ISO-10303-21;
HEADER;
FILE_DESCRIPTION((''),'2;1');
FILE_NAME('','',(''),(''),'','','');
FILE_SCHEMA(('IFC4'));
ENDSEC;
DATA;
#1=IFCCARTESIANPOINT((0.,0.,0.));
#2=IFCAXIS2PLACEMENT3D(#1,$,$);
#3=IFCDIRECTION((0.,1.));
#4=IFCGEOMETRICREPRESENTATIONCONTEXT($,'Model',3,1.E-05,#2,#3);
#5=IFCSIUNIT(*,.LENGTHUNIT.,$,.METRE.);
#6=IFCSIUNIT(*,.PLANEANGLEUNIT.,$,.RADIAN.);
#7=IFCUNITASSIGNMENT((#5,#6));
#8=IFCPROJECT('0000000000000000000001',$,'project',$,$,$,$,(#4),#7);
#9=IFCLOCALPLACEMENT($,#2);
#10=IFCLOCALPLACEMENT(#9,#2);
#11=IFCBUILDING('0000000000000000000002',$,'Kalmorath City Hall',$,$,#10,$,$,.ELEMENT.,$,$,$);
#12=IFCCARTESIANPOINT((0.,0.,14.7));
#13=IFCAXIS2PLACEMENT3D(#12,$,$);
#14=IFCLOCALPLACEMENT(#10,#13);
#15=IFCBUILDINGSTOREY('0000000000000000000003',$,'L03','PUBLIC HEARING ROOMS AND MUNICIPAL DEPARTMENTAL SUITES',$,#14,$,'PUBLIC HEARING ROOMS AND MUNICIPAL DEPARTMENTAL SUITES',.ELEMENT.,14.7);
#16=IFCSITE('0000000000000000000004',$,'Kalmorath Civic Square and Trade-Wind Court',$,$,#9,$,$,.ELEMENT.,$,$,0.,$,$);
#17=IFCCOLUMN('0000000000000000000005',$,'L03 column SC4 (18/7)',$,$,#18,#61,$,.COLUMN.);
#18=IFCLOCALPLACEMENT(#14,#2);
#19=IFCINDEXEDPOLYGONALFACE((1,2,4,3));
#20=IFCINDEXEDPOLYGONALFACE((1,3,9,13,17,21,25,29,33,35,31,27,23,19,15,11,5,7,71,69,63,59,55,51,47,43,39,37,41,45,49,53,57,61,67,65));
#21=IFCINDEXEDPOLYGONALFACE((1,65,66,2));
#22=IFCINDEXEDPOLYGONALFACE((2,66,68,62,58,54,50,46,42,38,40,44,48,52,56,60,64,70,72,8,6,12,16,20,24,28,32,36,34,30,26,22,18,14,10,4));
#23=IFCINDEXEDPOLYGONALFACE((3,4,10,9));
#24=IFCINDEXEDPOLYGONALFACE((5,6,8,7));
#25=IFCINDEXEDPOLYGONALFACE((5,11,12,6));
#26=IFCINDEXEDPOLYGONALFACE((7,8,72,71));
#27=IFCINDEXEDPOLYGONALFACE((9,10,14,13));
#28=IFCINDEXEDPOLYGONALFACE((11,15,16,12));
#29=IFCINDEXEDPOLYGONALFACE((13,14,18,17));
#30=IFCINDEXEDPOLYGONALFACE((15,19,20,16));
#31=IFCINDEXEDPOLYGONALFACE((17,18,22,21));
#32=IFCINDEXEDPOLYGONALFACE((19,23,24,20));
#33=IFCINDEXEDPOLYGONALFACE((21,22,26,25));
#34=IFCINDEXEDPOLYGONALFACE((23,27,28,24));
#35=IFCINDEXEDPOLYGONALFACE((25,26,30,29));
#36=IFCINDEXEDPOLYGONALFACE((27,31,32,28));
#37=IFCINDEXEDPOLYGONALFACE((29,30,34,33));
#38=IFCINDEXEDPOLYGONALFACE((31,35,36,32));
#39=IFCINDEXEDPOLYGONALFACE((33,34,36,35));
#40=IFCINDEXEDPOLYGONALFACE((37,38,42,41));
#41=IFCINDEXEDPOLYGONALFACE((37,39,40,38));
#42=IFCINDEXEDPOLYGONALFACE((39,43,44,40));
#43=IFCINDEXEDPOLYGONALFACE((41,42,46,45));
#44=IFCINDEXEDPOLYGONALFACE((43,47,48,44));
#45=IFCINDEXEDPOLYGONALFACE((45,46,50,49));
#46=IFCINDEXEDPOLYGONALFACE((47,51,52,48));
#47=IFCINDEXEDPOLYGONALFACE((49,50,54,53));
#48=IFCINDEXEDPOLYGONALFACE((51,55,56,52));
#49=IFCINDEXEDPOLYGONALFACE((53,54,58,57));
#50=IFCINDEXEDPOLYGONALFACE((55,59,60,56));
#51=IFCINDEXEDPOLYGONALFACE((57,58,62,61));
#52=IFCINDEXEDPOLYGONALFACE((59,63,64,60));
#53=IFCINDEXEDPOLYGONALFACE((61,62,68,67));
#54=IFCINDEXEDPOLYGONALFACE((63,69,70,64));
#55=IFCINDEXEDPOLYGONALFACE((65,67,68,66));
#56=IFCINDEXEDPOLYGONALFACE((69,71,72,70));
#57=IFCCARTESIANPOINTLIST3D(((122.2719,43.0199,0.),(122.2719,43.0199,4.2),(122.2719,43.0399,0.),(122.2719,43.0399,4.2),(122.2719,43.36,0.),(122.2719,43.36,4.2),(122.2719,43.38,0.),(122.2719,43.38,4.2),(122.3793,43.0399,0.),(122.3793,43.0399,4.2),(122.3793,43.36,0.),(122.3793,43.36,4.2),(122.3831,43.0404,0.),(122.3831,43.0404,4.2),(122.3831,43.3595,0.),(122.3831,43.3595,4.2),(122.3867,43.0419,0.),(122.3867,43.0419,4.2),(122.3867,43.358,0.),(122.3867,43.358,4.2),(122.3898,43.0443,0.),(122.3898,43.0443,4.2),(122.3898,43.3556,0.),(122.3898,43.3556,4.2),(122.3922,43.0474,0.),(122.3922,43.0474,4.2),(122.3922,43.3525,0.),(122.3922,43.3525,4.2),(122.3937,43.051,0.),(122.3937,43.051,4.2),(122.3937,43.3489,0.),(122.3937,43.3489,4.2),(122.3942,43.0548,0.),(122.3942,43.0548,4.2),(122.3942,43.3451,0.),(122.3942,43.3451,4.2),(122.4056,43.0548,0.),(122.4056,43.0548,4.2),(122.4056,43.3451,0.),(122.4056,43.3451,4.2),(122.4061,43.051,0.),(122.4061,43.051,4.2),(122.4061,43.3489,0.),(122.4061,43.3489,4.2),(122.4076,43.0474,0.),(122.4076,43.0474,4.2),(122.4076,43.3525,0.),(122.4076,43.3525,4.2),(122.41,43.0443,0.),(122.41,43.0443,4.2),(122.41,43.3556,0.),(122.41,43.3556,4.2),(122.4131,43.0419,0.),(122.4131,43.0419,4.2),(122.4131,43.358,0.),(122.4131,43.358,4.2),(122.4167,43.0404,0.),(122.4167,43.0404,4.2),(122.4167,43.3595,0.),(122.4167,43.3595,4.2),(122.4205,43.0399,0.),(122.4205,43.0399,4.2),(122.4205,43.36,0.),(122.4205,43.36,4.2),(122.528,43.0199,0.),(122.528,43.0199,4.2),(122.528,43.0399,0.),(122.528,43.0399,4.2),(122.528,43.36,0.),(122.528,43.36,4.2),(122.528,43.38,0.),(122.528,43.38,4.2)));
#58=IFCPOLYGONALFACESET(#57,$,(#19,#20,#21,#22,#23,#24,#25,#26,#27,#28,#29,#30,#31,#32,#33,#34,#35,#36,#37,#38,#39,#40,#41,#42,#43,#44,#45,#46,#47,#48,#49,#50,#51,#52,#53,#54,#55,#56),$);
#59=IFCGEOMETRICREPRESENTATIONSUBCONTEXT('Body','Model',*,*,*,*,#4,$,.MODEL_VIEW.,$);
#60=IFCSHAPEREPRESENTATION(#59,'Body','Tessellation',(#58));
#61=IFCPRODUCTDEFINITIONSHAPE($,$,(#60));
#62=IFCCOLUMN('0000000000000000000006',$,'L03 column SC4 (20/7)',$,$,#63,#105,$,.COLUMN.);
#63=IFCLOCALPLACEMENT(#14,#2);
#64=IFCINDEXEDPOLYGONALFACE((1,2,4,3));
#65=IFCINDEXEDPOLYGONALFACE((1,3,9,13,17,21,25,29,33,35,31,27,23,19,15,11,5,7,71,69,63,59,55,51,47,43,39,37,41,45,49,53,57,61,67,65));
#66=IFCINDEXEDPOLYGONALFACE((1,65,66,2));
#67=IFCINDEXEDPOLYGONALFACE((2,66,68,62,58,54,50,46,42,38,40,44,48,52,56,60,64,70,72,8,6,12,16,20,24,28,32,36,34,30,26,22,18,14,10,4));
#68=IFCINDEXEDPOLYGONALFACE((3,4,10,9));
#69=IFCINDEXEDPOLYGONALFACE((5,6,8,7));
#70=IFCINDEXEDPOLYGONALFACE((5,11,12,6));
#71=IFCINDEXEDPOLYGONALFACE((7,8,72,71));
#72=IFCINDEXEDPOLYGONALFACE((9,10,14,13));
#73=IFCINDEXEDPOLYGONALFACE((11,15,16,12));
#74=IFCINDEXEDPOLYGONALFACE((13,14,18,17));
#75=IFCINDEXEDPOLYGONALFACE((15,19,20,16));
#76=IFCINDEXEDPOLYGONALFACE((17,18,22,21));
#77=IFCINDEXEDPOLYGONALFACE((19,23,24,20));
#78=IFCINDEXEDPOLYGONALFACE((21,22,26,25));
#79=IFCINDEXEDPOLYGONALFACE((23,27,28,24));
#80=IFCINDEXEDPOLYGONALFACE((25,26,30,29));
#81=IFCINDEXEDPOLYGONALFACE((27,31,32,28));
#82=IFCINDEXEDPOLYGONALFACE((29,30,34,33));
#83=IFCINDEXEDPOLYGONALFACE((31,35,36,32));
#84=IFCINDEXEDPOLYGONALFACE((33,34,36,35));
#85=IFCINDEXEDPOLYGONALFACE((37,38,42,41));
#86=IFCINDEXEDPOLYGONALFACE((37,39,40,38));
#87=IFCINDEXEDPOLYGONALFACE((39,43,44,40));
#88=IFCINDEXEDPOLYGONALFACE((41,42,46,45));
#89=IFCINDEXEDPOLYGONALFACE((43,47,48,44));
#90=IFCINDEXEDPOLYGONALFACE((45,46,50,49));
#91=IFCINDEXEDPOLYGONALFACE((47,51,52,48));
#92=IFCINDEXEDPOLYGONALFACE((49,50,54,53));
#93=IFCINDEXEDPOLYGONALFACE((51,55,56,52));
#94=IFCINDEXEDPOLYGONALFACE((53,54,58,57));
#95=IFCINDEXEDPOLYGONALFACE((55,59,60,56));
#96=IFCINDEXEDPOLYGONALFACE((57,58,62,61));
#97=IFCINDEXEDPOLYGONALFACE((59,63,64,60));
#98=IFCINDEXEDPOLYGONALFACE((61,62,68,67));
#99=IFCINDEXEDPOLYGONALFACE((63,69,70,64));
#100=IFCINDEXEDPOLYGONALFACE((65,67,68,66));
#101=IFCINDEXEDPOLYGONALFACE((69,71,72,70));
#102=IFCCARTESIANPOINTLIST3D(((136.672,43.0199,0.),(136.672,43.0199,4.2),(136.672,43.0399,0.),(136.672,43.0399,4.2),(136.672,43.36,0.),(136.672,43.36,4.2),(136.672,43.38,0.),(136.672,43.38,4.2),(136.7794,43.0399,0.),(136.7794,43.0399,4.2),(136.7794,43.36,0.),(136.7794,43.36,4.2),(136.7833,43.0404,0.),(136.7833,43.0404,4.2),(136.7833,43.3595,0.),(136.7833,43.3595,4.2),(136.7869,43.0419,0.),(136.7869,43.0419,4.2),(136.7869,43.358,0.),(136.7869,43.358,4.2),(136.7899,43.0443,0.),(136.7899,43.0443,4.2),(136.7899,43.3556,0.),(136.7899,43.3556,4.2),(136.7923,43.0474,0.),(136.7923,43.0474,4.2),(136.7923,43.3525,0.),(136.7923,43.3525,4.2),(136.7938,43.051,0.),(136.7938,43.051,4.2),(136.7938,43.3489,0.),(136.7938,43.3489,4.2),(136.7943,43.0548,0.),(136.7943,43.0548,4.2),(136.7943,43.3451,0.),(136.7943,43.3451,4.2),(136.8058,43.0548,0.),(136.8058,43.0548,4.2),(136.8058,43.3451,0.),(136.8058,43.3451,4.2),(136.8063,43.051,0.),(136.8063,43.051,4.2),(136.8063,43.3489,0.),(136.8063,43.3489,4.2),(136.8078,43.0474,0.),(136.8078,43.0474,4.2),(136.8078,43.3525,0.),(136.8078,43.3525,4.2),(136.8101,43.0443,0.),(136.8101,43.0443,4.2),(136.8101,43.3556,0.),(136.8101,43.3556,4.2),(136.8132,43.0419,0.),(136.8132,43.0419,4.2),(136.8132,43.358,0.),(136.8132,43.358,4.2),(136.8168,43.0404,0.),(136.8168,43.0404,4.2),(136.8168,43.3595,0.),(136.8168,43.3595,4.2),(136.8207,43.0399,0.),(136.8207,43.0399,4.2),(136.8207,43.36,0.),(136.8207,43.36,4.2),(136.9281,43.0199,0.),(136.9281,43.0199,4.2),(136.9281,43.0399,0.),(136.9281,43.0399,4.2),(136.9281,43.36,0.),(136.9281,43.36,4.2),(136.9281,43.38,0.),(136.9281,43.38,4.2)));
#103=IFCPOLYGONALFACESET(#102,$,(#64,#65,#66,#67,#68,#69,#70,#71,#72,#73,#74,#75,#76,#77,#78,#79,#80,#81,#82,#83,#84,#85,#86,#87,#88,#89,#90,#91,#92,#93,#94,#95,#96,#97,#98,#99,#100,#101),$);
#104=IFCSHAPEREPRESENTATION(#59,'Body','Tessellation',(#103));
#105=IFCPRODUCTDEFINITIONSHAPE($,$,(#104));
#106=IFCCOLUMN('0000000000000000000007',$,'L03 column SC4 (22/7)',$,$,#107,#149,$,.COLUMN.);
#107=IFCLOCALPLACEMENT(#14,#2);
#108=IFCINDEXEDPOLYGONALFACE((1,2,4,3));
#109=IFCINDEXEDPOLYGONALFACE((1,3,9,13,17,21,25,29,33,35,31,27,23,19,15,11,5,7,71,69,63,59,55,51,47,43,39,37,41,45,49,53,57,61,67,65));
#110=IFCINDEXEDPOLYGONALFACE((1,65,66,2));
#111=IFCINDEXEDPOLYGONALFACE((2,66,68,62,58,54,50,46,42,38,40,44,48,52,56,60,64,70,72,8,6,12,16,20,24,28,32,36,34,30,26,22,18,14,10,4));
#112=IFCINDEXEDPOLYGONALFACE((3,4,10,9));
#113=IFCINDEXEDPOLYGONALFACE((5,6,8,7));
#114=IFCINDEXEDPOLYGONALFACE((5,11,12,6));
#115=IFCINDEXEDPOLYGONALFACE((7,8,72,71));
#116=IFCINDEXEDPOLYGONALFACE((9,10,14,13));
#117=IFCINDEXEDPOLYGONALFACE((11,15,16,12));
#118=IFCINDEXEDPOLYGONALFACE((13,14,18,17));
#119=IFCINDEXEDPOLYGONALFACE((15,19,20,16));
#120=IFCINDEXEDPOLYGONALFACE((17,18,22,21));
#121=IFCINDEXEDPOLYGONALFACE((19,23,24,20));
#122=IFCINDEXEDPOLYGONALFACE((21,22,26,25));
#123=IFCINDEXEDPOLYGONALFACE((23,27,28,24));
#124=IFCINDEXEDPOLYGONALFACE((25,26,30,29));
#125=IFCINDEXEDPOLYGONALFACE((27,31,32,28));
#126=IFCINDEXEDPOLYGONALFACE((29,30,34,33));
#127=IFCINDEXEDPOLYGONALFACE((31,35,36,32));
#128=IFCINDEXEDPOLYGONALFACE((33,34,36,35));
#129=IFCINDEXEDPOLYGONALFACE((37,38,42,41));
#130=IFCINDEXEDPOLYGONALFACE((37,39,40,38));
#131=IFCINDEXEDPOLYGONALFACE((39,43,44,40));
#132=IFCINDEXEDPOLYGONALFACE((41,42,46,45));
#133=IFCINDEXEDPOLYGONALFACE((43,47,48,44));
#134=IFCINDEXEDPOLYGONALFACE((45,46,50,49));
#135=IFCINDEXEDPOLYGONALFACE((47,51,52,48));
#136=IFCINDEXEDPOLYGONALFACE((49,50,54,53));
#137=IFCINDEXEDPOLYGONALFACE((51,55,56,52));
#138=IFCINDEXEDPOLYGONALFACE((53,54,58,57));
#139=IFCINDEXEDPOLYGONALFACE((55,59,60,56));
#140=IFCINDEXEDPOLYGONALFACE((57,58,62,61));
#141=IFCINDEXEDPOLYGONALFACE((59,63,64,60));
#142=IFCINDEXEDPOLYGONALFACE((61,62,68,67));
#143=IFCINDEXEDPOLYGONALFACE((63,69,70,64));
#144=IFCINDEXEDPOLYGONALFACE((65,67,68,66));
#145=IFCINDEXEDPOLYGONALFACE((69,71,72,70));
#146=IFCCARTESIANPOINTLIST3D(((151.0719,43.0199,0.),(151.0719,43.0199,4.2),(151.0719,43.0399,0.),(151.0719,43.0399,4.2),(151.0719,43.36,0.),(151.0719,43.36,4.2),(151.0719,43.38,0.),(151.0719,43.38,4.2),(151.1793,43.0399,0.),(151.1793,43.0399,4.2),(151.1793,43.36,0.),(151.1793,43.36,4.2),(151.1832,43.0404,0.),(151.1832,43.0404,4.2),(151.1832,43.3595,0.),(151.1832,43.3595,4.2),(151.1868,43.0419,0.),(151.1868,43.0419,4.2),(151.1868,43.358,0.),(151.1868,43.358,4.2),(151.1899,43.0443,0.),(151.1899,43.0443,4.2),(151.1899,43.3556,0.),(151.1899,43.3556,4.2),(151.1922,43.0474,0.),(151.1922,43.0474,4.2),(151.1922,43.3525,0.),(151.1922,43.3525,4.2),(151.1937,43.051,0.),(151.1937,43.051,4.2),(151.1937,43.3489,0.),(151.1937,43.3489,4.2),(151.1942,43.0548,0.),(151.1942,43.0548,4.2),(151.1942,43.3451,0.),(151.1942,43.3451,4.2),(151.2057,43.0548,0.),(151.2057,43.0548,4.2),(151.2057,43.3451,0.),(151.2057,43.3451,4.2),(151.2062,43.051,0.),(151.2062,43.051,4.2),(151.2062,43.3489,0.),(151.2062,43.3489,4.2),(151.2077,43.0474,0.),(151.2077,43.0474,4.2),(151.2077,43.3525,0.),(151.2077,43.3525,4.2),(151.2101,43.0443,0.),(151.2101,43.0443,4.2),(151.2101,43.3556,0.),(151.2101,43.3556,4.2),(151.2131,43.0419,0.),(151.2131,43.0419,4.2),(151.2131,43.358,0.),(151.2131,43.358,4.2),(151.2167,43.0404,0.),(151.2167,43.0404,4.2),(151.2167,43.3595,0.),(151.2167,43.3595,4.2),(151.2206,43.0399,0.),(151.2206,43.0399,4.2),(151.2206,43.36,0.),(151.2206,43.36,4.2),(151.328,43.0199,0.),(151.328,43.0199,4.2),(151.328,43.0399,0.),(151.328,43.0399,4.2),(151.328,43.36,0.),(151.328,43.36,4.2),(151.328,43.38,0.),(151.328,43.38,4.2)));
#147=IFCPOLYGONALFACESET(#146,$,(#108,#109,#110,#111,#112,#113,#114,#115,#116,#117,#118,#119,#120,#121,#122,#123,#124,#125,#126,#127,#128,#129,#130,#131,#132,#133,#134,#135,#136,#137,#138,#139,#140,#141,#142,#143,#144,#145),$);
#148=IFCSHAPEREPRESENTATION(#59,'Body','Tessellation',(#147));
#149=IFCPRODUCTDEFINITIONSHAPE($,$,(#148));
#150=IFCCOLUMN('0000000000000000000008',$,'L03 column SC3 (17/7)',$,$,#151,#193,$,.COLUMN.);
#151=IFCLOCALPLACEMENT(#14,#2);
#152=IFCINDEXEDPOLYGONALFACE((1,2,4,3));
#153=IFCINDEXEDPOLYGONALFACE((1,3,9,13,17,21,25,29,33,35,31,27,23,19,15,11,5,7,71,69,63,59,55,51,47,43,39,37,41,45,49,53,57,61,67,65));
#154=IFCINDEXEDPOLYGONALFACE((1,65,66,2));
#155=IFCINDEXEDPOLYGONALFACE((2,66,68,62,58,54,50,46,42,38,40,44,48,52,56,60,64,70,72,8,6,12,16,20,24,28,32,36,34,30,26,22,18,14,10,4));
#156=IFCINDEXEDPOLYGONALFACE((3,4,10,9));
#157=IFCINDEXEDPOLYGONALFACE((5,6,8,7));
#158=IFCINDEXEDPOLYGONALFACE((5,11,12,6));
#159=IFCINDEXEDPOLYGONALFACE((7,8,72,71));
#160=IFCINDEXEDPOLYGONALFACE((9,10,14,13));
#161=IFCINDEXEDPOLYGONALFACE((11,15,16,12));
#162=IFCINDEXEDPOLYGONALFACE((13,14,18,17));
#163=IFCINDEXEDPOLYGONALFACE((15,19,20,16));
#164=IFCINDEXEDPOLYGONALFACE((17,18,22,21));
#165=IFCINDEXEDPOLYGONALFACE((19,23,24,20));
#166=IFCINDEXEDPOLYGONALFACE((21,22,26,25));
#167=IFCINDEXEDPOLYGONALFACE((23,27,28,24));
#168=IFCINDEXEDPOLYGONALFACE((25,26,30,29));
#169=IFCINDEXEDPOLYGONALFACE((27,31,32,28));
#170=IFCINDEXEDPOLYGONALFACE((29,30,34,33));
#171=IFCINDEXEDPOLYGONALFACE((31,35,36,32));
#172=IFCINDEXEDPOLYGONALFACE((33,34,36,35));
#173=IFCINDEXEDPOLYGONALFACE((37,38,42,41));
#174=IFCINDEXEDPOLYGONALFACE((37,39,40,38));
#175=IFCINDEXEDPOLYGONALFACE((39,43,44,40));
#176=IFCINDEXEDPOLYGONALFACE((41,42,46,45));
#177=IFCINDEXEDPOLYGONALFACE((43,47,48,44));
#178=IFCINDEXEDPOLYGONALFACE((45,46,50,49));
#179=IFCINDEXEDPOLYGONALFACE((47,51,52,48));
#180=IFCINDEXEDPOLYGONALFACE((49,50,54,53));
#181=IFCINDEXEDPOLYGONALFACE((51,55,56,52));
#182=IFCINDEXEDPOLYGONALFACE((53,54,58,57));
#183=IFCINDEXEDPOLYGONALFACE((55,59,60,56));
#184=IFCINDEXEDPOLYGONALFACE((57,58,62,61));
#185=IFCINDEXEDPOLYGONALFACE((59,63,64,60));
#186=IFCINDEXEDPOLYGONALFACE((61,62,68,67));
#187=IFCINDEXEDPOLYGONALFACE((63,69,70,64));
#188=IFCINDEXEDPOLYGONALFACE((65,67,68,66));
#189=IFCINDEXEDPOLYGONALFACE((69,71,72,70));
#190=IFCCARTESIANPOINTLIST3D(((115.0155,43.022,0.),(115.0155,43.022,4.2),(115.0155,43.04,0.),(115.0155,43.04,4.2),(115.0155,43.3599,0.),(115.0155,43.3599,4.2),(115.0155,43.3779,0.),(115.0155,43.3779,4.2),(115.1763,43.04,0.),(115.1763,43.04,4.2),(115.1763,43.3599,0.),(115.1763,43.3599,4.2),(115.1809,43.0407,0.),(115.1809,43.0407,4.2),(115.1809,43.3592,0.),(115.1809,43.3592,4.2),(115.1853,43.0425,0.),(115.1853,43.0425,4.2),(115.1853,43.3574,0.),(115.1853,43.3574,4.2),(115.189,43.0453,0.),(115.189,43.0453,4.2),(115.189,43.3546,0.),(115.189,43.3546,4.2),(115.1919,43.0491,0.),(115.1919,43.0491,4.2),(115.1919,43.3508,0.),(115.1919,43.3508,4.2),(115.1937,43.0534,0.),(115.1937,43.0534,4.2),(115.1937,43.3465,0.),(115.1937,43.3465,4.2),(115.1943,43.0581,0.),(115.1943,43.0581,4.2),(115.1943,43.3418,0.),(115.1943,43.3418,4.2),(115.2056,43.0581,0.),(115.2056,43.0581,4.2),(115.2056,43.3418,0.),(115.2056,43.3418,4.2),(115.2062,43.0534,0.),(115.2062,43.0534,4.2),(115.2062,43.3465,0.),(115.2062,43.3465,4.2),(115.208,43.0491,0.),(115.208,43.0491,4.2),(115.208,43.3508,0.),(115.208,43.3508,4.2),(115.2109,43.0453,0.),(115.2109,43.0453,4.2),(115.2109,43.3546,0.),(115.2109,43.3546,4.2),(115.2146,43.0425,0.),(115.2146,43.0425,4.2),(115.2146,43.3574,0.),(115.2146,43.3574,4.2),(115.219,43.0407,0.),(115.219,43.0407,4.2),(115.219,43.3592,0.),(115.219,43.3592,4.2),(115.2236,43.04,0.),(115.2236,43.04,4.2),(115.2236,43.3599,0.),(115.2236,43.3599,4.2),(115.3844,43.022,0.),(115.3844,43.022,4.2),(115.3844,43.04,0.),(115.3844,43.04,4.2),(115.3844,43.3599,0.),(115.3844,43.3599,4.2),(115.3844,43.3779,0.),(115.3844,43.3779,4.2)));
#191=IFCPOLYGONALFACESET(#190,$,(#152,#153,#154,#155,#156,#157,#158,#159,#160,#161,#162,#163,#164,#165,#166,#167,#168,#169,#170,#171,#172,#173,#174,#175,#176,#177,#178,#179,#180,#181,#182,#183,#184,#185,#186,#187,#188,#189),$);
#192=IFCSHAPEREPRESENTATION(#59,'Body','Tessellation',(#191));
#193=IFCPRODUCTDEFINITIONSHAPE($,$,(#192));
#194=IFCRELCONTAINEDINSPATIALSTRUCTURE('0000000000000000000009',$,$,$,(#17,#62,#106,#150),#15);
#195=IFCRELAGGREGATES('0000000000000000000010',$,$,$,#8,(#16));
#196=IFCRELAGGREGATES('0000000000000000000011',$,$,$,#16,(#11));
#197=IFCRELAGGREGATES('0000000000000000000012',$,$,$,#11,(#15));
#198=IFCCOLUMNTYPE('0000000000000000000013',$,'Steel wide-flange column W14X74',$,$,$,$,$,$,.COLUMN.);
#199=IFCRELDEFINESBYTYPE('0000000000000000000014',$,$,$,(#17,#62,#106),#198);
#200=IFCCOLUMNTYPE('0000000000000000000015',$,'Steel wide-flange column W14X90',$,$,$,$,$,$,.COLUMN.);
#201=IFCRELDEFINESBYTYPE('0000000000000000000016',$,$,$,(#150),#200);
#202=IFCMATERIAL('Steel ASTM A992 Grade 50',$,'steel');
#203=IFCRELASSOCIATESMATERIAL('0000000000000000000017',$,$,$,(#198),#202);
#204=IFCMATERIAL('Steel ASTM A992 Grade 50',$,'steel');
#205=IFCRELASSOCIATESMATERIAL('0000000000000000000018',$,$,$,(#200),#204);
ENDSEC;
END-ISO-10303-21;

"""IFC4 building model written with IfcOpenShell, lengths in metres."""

from ifc_helpers import new_model, si_unit, direction, frame, origin, origin_2d, place, context, subcontext, project, spatial, i_section, extrude, material, material_profile, profile_set, type_object, element, save


model = new_model("IFC4")

# Units and contexts
model_context = context("Model", 3, precision=1e-05, world=origin(), true_north=direction((0.0, 1.0)))
body_context = subcontext(model_context, "Body", "Model", "MODEL_VIEW")
ifc_project = project(units=[si_unit("LENGTHUNIT", "METRE"), si_unit("PLANEANGLEUNIT", "RADIAN")], contexts=[model_context])

# Site, building, storey
site_placement = place(None, origin())
site = spatial("IfcSite", under=ifc_project, at=site_placement, Name="Kalmorath Civic Square and Trade-Wind Court", CompositionType="ELEMENT", RefElevation=0.0)
building_placement = place(site_placement, origin())
building = spatial("IfcBuilding", under=site, at=building_placement, Name="Kalmorath City Hall", CompositionType="ELEMENT")
storey_placement = place(building_placement, frame((0.0, 0.0, 14.7)))
storey = spatial("IfcBuildingStorey", under=building, at=storey_placement, Name="L03", Description="PUBLIC HEARING ROOMS AND MUNICIPAL DEPARTMENTAL SUITES", LongName="PUBLIC HEARING ROOMS AND MUNICIPAL DEPARTMENTAL SUITES", CompositionType="ELEMENT", Elevation=14.7)

# Columns
ifc_material_1 = material(Name="Steel ASTM A992 Grade 50", Category="steel")
ifc_material_profile_1 = material_profile(ifc_material_1, i_section(OverallWidth=0.2561, OverallDepth=0.3601, WebThickness=0.0115, FlangeThickness=0.02, FilletRadius=0.0149, at=origin_2d()), Name="W14X74")
ifc_profile_set_1 = profile_set([ifc_material_profile_1], Name="Steel ASTM A992 Grade 50")
column_type_1 = type_object("IfcColumnType", Name="Steel wide-flange column W14X74", PredefinedType="COLUMN", material=ifc_profile_set_1)
for number, where, z_axis, x_axis, name in (
    (1, (122.3999, 43.2, 0.0), (0.0, 0.0, 1.0), (1.0, 0.0, 0.0), "L03 column SC4 (18/7)"),
    (2, (136.8, 43.2, 0.0), (0.0, 0.0, 1.0), (1.0, 0.0, 0.0), "L03 column SC4 (20/7)"),
    (3, (151.2, 43.2, 0.0), (0.0, 0.0, 1.0), (1.0, 0.0, 0.0), "L03 column SC4 (22/7)"),
):
    element("IfcColumn", number, at=place(storey_placement, frame(where, z_axis=z_axis, x_axis=x_axis)), inside=storey, type_object=column_type_1, Name=name, PredefinedType="COLUMN", context=body_context, shape_type="SweptSolid", body=[
        extrude(i_section(OverallWidth=0.2561, OverallDepth=0.3601, WebThickness=0.0115, FlangeThickness=0.02, FilletRadius=0.0149, at=origin_2d()), origin(), (0.0, 0.0, 1.0), 4.2),
    ])
ifc_material_2 = material(Name="Steel ASTM A992 Grade 50", Category="steel")
ifc_material_profile_2 = material_profile(ifc_material_2, i_section(OverallWidth=0.3689, OverallDepth=0.356, WebThickness=0.0112, FlangeThickness=0.0181, FilletRadius=0.0181, at=origin_2d()), Name="W14X90")
ifc_profile_set_2 = profile_set([ifc_material_profile_2], Name="Steel ASTM A992 Grade 50")
column_type_2 = type_object("IfcColumnType", Name="Steel wide-flange column W14X90", PredefinedType="COLUMN", material=ifc_profile_set_2)
for number, where, z_axis, x_axis, name in (
    (4, (115.2, 43.2, 0.0), (0.0, 0.0, 1.0), (1.0, 0.0, 0.0), "L03 column SC3 (17/7)"),
):
    element("IfcColumn", number, at=place(storey_placement, frame(where, z_axis=z_axis, x_axis=x_axis)), inside=storey, type_object=column_type_2, Name=name, PredefinedType="COLUMN", context=body_context, shape_type="SweptSolid", body=[
        extrude(i_section(OverallWidth=0.3689, OverallDepth=0.356, WebThickness=0.0112, FlangeThickness=0.0181, FilletRadius=0.0181, at=origin_2d()), origin(), (0.0, 0.0, 1.0), 4.2),
    ])

save(model, "model.ifc")
